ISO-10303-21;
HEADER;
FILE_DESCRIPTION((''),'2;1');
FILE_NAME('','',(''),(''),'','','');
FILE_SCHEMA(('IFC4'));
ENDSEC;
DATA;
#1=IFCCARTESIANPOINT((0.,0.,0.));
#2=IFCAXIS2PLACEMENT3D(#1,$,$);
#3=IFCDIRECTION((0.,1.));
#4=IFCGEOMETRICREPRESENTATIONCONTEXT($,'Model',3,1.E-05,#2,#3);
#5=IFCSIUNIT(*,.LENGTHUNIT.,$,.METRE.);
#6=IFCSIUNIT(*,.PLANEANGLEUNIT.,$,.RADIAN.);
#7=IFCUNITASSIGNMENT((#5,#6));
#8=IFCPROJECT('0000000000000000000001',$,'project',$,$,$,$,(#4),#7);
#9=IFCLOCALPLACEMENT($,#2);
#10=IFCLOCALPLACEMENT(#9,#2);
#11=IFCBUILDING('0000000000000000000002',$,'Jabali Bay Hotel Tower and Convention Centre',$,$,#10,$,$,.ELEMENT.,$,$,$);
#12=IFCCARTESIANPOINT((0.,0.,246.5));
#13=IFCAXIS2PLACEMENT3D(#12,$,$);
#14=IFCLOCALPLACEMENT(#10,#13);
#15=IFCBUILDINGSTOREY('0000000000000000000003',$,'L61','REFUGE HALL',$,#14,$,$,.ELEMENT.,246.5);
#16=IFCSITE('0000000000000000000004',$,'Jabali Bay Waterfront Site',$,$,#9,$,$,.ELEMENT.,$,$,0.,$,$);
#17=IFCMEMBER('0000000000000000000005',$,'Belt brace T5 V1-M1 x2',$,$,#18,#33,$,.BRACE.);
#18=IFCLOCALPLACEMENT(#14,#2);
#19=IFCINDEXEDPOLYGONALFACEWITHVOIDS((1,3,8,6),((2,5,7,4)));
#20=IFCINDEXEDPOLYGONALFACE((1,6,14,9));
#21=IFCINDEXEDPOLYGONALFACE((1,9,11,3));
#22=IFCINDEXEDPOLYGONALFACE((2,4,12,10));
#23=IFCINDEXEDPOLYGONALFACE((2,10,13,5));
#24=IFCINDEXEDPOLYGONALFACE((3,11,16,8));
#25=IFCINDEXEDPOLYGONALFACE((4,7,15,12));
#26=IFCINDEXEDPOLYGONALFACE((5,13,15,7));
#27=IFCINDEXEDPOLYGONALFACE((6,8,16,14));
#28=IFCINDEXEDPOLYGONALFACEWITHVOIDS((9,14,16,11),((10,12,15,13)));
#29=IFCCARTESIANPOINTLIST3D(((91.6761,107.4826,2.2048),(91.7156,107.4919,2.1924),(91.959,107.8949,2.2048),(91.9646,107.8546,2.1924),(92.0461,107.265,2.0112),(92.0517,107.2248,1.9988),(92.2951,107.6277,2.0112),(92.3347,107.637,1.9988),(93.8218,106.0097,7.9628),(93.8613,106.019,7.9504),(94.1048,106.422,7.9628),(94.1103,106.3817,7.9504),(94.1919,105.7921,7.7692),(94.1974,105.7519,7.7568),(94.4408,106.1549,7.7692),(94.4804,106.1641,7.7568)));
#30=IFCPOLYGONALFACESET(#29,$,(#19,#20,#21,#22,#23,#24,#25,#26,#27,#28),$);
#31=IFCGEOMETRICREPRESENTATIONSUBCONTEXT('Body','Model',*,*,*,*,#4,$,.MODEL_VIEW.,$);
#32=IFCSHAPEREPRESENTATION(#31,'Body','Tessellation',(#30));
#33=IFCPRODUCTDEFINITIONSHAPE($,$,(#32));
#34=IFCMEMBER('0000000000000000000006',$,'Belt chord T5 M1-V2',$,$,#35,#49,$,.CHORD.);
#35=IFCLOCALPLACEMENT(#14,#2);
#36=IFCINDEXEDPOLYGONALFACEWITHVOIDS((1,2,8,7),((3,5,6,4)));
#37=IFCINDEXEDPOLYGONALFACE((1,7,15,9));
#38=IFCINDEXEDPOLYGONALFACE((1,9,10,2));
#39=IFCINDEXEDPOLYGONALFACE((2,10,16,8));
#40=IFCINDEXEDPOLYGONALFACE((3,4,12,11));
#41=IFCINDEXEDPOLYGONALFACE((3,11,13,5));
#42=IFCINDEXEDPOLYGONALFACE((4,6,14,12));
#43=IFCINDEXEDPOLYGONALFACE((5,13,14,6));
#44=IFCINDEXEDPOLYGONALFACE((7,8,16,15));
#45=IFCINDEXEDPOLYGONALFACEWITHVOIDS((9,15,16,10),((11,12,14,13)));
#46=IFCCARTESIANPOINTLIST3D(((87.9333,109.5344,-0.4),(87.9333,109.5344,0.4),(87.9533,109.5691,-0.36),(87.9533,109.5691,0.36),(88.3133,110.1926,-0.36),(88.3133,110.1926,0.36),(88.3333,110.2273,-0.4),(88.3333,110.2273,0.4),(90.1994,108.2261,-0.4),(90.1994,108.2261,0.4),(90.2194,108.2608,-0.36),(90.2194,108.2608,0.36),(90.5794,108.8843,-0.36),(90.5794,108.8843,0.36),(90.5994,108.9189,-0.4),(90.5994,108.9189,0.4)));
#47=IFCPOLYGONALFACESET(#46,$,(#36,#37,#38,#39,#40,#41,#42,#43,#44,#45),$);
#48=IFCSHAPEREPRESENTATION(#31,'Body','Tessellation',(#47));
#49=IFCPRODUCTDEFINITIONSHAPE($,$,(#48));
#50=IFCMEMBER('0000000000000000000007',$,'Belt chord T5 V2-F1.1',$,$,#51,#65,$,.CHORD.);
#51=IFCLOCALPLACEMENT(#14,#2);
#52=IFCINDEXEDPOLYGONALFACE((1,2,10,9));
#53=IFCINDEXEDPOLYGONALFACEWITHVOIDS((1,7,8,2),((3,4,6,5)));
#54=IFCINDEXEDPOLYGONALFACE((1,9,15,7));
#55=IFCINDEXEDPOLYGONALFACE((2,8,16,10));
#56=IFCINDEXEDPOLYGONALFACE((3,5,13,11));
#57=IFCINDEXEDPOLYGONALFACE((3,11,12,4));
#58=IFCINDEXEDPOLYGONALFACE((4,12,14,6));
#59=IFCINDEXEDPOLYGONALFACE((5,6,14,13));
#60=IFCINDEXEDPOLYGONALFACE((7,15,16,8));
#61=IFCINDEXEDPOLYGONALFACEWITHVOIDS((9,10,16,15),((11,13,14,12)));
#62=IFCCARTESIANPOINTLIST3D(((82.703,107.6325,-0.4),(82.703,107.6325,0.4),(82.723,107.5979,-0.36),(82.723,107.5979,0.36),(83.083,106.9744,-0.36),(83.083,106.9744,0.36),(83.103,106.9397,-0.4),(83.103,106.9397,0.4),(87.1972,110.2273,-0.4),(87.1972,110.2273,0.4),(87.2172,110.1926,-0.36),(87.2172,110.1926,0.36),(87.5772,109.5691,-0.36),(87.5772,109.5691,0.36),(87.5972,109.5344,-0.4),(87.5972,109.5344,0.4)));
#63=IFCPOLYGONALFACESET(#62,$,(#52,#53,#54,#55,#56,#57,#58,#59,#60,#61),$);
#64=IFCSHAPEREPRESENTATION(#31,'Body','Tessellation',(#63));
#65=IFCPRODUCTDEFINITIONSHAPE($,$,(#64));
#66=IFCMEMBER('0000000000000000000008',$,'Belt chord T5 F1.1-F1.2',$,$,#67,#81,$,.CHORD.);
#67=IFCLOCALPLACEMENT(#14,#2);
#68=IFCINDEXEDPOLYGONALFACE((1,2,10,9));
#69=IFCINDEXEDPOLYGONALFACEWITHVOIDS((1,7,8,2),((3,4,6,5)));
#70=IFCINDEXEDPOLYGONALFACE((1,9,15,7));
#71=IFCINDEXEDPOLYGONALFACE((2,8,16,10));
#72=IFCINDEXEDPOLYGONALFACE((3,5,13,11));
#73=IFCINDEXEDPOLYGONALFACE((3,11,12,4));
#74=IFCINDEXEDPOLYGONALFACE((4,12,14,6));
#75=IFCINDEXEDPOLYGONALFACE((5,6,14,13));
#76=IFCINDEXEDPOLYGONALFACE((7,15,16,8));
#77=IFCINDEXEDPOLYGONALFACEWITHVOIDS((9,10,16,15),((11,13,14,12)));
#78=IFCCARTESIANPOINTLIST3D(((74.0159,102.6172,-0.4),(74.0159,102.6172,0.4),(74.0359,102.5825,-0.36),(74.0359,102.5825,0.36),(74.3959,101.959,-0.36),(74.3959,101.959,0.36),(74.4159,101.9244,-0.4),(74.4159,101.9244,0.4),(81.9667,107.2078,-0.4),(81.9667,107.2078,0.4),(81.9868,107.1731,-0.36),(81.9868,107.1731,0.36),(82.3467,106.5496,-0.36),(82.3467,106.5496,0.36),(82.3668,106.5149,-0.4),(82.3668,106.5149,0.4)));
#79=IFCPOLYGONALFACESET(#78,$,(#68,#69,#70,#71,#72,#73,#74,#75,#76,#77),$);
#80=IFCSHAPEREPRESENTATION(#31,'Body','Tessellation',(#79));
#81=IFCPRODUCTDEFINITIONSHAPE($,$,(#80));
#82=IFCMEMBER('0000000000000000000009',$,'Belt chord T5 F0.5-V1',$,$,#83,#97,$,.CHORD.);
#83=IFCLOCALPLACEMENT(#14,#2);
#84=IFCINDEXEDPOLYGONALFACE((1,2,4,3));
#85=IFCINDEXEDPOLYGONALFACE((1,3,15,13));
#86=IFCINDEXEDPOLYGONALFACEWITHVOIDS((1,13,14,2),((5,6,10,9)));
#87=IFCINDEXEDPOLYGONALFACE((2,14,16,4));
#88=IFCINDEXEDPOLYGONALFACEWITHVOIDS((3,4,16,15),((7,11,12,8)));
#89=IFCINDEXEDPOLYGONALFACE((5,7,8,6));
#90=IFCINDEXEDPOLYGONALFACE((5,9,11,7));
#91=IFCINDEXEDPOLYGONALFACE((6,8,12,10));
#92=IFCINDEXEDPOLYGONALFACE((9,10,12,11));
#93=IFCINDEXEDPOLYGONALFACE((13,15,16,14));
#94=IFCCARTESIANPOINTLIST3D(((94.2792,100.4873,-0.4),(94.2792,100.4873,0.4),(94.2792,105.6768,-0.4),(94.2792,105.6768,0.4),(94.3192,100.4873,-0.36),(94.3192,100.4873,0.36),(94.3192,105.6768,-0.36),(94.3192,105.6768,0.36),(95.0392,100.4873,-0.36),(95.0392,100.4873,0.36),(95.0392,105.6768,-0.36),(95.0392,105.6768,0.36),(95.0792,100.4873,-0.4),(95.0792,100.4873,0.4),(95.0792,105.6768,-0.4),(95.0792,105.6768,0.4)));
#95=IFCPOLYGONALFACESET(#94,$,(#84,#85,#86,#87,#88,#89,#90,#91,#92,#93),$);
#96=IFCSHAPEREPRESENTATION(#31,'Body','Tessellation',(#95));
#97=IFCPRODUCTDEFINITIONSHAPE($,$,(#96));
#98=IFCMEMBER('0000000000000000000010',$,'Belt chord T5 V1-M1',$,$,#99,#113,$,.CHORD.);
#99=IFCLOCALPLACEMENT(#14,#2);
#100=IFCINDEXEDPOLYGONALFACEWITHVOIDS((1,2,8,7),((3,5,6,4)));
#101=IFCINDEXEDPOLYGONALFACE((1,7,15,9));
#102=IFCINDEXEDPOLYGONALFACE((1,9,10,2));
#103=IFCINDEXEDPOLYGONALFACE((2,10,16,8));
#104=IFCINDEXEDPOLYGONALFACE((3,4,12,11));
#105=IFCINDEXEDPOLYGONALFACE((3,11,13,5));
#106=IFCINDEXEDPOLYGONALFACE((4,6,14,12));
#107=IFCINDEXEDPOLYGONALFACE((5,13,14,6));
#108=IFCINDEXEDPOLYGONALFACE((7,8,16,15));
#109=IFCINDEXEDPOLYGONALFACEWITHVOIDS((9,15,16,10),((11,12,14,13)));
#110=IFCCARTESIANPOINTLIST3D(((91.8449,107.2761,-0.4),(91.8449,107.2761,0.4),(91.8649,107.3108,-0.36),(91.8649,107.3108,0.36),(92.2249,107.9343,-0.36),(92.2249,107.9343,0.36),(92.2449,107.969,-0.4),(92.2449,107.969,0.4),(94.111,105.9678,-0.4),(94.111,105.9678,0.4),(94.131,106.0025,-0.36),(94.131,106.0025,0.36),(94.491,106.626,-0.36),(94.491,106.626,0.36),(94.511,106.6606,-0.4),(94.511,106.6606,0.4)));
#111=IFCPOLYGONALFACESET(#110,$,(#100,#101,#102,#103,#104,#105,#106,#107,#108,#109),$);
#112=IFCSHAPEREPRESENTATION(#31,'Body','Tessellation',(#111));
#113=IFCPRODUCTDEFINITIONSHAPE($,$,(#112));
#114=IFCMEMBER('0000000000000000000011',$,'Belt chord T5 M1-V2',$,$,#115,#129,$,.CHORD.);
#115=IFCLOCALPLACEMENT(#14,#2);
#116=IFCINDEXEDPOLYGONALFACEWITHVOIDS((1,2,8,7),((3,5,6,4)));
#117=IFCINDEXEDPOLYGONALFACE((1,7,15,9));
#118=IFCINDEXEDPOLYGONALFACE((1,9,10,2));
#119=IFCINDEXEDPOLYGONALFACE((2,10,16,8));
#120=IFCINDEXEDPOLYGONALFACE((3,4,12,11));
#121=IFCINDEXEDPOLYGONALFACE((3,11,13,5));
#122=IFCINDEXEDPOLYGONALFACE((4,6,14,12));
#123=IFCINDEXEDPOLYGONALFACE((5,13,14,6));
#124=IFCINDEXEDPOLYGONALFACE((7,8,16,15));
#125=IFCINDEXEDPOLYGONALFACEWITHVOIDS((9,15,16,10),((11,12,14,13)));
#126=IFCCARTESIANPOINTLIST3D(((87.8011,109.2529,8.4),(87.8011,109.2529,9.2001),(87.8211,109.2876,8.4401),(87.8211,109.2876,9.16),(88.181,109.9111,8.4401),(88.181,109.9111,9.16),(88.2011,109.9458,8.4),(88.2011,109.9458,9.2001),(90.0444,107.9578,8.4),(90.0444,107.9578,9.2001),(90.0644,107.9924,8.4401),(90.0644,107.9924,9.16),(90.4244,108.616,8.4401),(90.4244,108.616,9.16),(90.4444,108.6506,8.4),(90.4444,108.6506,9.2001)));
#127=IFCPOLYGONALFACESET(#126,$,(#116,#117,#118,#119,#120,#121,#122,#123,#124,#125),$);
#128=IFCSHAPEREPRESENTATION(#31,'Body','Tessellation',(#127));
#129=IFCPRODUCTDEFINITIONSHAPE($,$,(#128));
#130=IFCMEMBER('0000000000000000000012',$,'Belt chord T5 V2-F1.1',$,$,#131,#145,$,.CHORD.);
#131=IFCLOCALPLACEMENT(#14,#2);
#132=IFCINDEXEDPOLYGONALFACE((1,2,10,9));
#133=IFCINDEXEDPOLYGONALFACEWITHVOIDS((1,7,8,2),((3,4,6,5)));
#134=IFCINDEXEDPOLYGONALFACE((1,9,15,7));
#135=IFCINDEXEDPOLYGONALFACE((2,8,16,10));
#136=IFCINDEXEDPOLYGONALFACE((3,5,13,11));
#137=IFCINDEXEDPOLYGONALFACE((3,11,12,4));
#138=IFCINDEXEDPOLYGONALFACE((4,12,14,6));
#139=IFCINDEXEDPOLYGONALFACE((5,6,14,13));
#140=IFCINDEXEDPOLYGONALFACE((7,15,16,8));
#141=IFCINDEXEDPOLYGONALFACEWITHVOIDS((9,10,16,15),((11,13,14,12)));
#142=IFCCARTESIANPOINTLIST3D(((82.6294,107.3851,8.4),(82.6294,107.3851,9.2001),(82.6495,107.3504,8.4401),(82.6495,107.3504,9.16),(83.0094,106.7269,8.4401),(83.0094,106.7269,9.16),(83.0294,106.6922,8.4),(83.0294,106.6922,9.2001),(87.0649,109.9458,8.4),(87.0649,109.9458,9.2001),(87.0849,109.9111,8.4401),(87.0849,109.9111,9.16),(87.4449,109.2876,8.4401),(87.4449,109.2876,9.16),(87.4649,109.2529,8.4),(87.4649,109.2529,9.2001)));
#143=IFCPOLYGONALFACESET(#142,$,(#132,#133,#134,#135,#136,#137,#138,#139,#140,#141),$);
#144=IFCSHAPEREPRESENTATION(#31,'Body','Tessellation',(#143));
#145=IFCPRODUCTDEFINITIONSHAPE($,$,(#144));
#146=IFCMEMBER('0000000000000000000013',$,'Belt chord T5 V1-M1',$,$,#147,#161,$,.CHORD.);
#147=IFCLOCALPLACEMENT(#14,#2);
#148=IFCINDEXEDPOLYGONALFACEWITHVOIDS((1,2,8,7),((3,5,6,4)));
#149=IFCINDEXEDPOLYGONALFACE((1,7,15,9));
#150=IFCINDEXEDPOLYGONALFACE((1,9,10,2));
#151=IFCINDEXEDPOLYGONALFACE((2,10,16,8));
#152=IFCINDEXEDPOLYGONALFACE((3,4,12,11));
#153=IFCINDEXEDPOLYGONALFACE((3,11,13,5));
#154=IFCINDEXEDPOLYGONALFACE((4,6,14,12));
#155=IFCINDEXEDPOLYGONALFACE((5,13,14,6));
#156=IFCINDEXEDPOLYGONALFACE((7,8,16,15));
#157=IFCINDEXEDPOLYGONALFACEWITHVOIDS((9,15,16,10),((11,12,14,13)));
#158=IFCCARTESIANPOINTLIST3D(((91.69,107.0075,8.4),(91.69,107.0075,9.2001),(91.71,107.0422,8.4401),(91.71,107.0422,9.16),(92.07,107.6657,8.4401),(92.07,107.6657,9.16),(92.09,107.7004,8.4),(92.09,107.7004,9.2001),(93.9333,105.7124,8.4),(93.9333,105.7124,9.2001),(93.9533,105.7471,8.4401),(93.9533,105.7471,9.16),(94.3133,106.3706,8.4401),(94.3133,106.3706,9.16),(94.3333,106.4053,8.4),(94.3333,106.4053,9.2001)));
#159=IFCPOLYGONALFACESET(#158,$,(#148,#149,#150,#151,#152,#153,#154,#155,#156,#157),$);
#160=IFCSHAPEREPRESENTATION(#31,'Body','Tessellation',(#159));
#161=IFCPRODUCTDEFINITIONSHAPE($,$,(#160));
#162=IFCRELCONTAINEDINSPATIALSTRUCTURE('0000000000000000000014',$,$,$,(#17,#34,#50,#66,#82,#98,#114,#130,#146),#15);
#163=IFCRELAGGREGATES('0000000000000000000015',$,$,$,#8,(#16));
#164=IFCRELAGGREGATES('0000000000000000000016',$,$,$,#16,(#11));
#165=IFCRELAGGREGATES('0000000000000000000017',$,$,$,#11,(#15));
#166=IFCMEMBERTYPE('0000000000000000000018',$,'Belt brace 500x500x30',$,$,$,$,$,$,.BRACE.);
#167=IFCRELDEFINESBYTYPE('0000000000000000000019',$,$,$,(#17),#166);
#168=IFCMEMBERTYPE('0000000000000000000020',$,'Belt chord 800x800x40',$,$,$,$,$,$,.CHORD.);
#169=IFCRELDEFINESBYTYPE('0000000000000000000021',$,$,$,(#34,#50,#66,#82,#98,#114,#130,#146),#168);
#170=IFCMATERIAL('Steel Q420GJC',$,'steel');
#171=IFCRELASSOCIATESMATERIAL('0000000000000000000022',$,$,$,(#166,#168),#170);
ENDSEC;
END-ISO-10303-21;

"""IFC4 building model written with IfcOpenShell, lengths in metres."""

from ifc_helpers import new_model, si_unit, direction, frame, origin, origin_2d, place, context, subcontext, project, spatial, hollow_rectangle, extrude, material, material_profile, profile_set, type_object, element, save


model = new_model("IFC4")

# Units and contexts
model_context = context("Model", 3, precision=1e-05, world=origin(), true_north=direction((0.0, 1.0)))
body_context = subcontext(model_context, "Body", "Model", "MODEL_VIEW")
ifc_project = project(units=[si_unit("LENGTHUNIT", "METRE"), si_unit("PLANEANGLEUNIT", "RADIAN")], contexts=[model_context])

# Site, building, storey
site_placement = place(None, origin())
site = spatial("IfcSite", under=ifc_project, at=site_placement, Name="Jabali Bay Waterfront Site", CompositionType="ELEMENT", RefElevation=0.0)
building_placement = place(site_placement, origin())
building = spatial("IfcBuilding", under=site, at=building_placement, Name="Jabali Bay Hotel Tower and Convention Centre", CompositionType="ELEMENT")
storey_placement = place(building_placement, frame((0.0, 0.0, 246.5)))
storey = spatial("IfcBuildingStorey", under=building, at=storey_placement, Name="L61", Description="REFUGE HALL", CompositionType="ELEMENT", Elevation=246.5)

# Members
ifc_material_1 = material(Name="Steel Q420GJC", Category="steel")
ifc_material_profile_1 = material_profile(ifc_material_1, hollow_rectangle(XDim=0.5, YDim=0.5, WallThickness=0.03, at=origin_2d()), Name="Belt brace 500x500x30")
ifc_profile_set_1 = profile_set([ifc_material_profile_1], Name="Steel Q420GJC")
member_type_1 = type_object("IfcMemberType", Name="Belt brace 500x500x30", PredefinedType="BRACE", material=ifc_profile_set_1)
member_1_placement = place(storey_placement, frame((92.0054, 107.5598, 2.1018), z_axis=(0.339575, -0.233093, 0.911239), x_axis=(0.565928, 0.824455, 0.0)))
element("IfcMember", 1, at=member_1_placement, inside=storey, type_object=member_type_1, Name="Belt brace T5 V1-M1 x2", PredefinedType="BRACE", context=body_context, shape_type="SweptSolid", body=[
    extrude(hollow_rectangle(XDim=0.5, YDim=0.5, WallThickness=0.03, at=origin_2d()), origin(), (0.0, 0.0, 1.0), 6.3188),
])
ifc_material_profile_2 = material_profile(ifc_material_1, hollow_rectangle(XDim=0.8, YDim=0.8, WallThickness=0.04, at=origin_2d()), Name="Belt chord 800x800x40")
ifc_profile_set_2 = profile_set([ifc_material_profile_2], Name="Steel Q420GJC")
member_type_2 = type_object("IfcMemberType", Name="Belt chord 800x800x40", PredefinedType="CHORD", material=ifc_profile_set_2)
member_2_placement = place(storey_placement, frame((90.3994, 108.5725, 0.0), z_axis=(-0.866024, 0.500002, 0.0), x_axis=(-0.500002, -0.866024, 0.0)))
element("IfcMember", 2, at=member_2_placement, inside=storey, type_object=member_type_2, Name="Belt chord T5 M1-V2", PredefinedType="CHORD", context=body_context, shape_type="SweptSolid", body=[
    extrude(hollow_rectangle(XDim=0.8, YDim=0.8, WallThickness=0.04, at=origin_2d()), origin(), (0.0, 0.0, 1.0), 2.6167),
])
member_3_placement = place(storey_placement, frame((87.3972, 109.8809, 0.0), z_axis=(-0.866023, -0.500005, 0.0), x_axis=(0.500005, -0.866023, 0.0)))
element("IfcMember", 3, at=member_3_placement, inside=storey, type_object=member_type_2, Name="Belt chord T5 V2-F1.1", PredefinedType="CHORD", context=body_context, shape_type="SweptSolid", body=[
    extrude(hollow_rectangle(XDim=0.8, YDim=0.8, WallThickness=0.04, at=origin_2d()), origin(), (0.0, 0.0, 1.0), 5.1895),
])
member_4_placement = place(storey_placement, frame((82.1667, 106.8613, 0.0), z_axis=(-0.86602, -0.500009, 0.0), x_axis=(0.500009, -0.86602, 0.0)))
element("IfcMember", 4, at=member_4_placement, inside=storey, type_object=member_type_2, Name="Belt chord T5 F1.1-F1.2", PredefinedType="CHORD", context=body_context, shape_type="SweptSolid", body=[
    extrude(hollow_rectangle(XDim=0.8, YDim=0.8, WallThickness=0.04, at=origin_2d()), origin(), (0.0, 0.0, 1.0), 9.1809),
])
member_5_placement = place(storey_placement, frame((94.6792, 100.4873, 0.0), z_axis=(0.0, 1.0, 0.0), x_axis=(-1.0, 0.0, 0.0)))
element("IfcMember", 5, at=member_5_placement, inside=storey, type_object=member_type_2, Name="Belt chord T5 F0.5-V1", PredefinedType="CHORD", context=body_context, shape_type="SweptSolid", body=[
    extrude(hollow_rectangle(XDim=0.8, YDim=0.8, WallThickness=0.04, at=origin_2d()), origin(), (0.0, 0.0, 1.0), 5.1895),
])
member_6_placement = place(storey_placement, frame((94.311, 106.3142, 0.0), z_axis=(-0.866024, 0.500002, 0.0), x_axis=(-0.500002, -0.866024, 0.0)))
element("IfcMember", 6, at=member_6_placement, inside=storey, type_object=member_type_2, Name="Belt chord T5 V1-M1", PredefinedType="CHORD", context=body_context, shape_type="SweptSolid", body=[
    extrude(hollow_rectangle(XDim=0.8, YDim=0.8, WallThickness=0.04, at=origin_2d()), origin(), (0.0, 0.0, 1.0), 2.6167),
])
member_7_placement = place(storey_placement, frame((90.2444, 108.3042, 8.8), z_axis=(-0.866036, 0.499981, 0.0), x_axis=(-0.499981, -0.866036, 0.0)))
element("IfcMember", 7, at=member_7_placement, inside=storey, type_object=member_type_2, Name="Belt chord T5 M1-V2", PredefinedType="CHORD", context=body_context, shape_type="SweptSolid", body=[
    extrude(hollow_rectangle(XDim=0.8, YDim=0.8, WallThickness=0.04, at=origin_2d()), origin(), (0.0, 0.0, 1.0), 2.5903),
])
member_8_placement = place(storey_placement, frame((87.2649, 109.5994, 8.8), z_axis=(-0.866032, -0.499989, 0.0), x_axis=(0.499989, -0.866032, 0.0)))
element("IfcMember", 8, at=member_8_placement, inside=storey, type_object=member_type_2, Name="Belt chord T5 V2-F1.1", PredefinedType="CHORD", context=body_context, shape_type="SweptSolid", body=[
    extrude(hollow_rectangle(XDim=0.8, YDim=0.8, WallThickness=0.04, at=origin_2d()), origin(), (0.0, 0.0, 1.0), 5.1216),
])
member_9_placement = place(storey_placement, frame((94.1333, 106.0588, 8.8), z_axis=(-0.866036, 0.499981, 0.0), x_axis=(-0.499981, -0.866036, 0.0)))
element("IfcMember", 9, at=member_9_placement, inside=storey, type_object=member_type_2, Name="Belt chord T5 V1-M1", PredefinedType="CHORD", context=body_context, shape_type="SweptSolid", body=[
    extrude(hollow_rectangle(XDim=0.8, YDim=0.8, WallThickness=0.04, at=origin_2d()), origin(), (0.0, 0.0, 1.0), 2.5903),
])

save(model, "model.ifc")
